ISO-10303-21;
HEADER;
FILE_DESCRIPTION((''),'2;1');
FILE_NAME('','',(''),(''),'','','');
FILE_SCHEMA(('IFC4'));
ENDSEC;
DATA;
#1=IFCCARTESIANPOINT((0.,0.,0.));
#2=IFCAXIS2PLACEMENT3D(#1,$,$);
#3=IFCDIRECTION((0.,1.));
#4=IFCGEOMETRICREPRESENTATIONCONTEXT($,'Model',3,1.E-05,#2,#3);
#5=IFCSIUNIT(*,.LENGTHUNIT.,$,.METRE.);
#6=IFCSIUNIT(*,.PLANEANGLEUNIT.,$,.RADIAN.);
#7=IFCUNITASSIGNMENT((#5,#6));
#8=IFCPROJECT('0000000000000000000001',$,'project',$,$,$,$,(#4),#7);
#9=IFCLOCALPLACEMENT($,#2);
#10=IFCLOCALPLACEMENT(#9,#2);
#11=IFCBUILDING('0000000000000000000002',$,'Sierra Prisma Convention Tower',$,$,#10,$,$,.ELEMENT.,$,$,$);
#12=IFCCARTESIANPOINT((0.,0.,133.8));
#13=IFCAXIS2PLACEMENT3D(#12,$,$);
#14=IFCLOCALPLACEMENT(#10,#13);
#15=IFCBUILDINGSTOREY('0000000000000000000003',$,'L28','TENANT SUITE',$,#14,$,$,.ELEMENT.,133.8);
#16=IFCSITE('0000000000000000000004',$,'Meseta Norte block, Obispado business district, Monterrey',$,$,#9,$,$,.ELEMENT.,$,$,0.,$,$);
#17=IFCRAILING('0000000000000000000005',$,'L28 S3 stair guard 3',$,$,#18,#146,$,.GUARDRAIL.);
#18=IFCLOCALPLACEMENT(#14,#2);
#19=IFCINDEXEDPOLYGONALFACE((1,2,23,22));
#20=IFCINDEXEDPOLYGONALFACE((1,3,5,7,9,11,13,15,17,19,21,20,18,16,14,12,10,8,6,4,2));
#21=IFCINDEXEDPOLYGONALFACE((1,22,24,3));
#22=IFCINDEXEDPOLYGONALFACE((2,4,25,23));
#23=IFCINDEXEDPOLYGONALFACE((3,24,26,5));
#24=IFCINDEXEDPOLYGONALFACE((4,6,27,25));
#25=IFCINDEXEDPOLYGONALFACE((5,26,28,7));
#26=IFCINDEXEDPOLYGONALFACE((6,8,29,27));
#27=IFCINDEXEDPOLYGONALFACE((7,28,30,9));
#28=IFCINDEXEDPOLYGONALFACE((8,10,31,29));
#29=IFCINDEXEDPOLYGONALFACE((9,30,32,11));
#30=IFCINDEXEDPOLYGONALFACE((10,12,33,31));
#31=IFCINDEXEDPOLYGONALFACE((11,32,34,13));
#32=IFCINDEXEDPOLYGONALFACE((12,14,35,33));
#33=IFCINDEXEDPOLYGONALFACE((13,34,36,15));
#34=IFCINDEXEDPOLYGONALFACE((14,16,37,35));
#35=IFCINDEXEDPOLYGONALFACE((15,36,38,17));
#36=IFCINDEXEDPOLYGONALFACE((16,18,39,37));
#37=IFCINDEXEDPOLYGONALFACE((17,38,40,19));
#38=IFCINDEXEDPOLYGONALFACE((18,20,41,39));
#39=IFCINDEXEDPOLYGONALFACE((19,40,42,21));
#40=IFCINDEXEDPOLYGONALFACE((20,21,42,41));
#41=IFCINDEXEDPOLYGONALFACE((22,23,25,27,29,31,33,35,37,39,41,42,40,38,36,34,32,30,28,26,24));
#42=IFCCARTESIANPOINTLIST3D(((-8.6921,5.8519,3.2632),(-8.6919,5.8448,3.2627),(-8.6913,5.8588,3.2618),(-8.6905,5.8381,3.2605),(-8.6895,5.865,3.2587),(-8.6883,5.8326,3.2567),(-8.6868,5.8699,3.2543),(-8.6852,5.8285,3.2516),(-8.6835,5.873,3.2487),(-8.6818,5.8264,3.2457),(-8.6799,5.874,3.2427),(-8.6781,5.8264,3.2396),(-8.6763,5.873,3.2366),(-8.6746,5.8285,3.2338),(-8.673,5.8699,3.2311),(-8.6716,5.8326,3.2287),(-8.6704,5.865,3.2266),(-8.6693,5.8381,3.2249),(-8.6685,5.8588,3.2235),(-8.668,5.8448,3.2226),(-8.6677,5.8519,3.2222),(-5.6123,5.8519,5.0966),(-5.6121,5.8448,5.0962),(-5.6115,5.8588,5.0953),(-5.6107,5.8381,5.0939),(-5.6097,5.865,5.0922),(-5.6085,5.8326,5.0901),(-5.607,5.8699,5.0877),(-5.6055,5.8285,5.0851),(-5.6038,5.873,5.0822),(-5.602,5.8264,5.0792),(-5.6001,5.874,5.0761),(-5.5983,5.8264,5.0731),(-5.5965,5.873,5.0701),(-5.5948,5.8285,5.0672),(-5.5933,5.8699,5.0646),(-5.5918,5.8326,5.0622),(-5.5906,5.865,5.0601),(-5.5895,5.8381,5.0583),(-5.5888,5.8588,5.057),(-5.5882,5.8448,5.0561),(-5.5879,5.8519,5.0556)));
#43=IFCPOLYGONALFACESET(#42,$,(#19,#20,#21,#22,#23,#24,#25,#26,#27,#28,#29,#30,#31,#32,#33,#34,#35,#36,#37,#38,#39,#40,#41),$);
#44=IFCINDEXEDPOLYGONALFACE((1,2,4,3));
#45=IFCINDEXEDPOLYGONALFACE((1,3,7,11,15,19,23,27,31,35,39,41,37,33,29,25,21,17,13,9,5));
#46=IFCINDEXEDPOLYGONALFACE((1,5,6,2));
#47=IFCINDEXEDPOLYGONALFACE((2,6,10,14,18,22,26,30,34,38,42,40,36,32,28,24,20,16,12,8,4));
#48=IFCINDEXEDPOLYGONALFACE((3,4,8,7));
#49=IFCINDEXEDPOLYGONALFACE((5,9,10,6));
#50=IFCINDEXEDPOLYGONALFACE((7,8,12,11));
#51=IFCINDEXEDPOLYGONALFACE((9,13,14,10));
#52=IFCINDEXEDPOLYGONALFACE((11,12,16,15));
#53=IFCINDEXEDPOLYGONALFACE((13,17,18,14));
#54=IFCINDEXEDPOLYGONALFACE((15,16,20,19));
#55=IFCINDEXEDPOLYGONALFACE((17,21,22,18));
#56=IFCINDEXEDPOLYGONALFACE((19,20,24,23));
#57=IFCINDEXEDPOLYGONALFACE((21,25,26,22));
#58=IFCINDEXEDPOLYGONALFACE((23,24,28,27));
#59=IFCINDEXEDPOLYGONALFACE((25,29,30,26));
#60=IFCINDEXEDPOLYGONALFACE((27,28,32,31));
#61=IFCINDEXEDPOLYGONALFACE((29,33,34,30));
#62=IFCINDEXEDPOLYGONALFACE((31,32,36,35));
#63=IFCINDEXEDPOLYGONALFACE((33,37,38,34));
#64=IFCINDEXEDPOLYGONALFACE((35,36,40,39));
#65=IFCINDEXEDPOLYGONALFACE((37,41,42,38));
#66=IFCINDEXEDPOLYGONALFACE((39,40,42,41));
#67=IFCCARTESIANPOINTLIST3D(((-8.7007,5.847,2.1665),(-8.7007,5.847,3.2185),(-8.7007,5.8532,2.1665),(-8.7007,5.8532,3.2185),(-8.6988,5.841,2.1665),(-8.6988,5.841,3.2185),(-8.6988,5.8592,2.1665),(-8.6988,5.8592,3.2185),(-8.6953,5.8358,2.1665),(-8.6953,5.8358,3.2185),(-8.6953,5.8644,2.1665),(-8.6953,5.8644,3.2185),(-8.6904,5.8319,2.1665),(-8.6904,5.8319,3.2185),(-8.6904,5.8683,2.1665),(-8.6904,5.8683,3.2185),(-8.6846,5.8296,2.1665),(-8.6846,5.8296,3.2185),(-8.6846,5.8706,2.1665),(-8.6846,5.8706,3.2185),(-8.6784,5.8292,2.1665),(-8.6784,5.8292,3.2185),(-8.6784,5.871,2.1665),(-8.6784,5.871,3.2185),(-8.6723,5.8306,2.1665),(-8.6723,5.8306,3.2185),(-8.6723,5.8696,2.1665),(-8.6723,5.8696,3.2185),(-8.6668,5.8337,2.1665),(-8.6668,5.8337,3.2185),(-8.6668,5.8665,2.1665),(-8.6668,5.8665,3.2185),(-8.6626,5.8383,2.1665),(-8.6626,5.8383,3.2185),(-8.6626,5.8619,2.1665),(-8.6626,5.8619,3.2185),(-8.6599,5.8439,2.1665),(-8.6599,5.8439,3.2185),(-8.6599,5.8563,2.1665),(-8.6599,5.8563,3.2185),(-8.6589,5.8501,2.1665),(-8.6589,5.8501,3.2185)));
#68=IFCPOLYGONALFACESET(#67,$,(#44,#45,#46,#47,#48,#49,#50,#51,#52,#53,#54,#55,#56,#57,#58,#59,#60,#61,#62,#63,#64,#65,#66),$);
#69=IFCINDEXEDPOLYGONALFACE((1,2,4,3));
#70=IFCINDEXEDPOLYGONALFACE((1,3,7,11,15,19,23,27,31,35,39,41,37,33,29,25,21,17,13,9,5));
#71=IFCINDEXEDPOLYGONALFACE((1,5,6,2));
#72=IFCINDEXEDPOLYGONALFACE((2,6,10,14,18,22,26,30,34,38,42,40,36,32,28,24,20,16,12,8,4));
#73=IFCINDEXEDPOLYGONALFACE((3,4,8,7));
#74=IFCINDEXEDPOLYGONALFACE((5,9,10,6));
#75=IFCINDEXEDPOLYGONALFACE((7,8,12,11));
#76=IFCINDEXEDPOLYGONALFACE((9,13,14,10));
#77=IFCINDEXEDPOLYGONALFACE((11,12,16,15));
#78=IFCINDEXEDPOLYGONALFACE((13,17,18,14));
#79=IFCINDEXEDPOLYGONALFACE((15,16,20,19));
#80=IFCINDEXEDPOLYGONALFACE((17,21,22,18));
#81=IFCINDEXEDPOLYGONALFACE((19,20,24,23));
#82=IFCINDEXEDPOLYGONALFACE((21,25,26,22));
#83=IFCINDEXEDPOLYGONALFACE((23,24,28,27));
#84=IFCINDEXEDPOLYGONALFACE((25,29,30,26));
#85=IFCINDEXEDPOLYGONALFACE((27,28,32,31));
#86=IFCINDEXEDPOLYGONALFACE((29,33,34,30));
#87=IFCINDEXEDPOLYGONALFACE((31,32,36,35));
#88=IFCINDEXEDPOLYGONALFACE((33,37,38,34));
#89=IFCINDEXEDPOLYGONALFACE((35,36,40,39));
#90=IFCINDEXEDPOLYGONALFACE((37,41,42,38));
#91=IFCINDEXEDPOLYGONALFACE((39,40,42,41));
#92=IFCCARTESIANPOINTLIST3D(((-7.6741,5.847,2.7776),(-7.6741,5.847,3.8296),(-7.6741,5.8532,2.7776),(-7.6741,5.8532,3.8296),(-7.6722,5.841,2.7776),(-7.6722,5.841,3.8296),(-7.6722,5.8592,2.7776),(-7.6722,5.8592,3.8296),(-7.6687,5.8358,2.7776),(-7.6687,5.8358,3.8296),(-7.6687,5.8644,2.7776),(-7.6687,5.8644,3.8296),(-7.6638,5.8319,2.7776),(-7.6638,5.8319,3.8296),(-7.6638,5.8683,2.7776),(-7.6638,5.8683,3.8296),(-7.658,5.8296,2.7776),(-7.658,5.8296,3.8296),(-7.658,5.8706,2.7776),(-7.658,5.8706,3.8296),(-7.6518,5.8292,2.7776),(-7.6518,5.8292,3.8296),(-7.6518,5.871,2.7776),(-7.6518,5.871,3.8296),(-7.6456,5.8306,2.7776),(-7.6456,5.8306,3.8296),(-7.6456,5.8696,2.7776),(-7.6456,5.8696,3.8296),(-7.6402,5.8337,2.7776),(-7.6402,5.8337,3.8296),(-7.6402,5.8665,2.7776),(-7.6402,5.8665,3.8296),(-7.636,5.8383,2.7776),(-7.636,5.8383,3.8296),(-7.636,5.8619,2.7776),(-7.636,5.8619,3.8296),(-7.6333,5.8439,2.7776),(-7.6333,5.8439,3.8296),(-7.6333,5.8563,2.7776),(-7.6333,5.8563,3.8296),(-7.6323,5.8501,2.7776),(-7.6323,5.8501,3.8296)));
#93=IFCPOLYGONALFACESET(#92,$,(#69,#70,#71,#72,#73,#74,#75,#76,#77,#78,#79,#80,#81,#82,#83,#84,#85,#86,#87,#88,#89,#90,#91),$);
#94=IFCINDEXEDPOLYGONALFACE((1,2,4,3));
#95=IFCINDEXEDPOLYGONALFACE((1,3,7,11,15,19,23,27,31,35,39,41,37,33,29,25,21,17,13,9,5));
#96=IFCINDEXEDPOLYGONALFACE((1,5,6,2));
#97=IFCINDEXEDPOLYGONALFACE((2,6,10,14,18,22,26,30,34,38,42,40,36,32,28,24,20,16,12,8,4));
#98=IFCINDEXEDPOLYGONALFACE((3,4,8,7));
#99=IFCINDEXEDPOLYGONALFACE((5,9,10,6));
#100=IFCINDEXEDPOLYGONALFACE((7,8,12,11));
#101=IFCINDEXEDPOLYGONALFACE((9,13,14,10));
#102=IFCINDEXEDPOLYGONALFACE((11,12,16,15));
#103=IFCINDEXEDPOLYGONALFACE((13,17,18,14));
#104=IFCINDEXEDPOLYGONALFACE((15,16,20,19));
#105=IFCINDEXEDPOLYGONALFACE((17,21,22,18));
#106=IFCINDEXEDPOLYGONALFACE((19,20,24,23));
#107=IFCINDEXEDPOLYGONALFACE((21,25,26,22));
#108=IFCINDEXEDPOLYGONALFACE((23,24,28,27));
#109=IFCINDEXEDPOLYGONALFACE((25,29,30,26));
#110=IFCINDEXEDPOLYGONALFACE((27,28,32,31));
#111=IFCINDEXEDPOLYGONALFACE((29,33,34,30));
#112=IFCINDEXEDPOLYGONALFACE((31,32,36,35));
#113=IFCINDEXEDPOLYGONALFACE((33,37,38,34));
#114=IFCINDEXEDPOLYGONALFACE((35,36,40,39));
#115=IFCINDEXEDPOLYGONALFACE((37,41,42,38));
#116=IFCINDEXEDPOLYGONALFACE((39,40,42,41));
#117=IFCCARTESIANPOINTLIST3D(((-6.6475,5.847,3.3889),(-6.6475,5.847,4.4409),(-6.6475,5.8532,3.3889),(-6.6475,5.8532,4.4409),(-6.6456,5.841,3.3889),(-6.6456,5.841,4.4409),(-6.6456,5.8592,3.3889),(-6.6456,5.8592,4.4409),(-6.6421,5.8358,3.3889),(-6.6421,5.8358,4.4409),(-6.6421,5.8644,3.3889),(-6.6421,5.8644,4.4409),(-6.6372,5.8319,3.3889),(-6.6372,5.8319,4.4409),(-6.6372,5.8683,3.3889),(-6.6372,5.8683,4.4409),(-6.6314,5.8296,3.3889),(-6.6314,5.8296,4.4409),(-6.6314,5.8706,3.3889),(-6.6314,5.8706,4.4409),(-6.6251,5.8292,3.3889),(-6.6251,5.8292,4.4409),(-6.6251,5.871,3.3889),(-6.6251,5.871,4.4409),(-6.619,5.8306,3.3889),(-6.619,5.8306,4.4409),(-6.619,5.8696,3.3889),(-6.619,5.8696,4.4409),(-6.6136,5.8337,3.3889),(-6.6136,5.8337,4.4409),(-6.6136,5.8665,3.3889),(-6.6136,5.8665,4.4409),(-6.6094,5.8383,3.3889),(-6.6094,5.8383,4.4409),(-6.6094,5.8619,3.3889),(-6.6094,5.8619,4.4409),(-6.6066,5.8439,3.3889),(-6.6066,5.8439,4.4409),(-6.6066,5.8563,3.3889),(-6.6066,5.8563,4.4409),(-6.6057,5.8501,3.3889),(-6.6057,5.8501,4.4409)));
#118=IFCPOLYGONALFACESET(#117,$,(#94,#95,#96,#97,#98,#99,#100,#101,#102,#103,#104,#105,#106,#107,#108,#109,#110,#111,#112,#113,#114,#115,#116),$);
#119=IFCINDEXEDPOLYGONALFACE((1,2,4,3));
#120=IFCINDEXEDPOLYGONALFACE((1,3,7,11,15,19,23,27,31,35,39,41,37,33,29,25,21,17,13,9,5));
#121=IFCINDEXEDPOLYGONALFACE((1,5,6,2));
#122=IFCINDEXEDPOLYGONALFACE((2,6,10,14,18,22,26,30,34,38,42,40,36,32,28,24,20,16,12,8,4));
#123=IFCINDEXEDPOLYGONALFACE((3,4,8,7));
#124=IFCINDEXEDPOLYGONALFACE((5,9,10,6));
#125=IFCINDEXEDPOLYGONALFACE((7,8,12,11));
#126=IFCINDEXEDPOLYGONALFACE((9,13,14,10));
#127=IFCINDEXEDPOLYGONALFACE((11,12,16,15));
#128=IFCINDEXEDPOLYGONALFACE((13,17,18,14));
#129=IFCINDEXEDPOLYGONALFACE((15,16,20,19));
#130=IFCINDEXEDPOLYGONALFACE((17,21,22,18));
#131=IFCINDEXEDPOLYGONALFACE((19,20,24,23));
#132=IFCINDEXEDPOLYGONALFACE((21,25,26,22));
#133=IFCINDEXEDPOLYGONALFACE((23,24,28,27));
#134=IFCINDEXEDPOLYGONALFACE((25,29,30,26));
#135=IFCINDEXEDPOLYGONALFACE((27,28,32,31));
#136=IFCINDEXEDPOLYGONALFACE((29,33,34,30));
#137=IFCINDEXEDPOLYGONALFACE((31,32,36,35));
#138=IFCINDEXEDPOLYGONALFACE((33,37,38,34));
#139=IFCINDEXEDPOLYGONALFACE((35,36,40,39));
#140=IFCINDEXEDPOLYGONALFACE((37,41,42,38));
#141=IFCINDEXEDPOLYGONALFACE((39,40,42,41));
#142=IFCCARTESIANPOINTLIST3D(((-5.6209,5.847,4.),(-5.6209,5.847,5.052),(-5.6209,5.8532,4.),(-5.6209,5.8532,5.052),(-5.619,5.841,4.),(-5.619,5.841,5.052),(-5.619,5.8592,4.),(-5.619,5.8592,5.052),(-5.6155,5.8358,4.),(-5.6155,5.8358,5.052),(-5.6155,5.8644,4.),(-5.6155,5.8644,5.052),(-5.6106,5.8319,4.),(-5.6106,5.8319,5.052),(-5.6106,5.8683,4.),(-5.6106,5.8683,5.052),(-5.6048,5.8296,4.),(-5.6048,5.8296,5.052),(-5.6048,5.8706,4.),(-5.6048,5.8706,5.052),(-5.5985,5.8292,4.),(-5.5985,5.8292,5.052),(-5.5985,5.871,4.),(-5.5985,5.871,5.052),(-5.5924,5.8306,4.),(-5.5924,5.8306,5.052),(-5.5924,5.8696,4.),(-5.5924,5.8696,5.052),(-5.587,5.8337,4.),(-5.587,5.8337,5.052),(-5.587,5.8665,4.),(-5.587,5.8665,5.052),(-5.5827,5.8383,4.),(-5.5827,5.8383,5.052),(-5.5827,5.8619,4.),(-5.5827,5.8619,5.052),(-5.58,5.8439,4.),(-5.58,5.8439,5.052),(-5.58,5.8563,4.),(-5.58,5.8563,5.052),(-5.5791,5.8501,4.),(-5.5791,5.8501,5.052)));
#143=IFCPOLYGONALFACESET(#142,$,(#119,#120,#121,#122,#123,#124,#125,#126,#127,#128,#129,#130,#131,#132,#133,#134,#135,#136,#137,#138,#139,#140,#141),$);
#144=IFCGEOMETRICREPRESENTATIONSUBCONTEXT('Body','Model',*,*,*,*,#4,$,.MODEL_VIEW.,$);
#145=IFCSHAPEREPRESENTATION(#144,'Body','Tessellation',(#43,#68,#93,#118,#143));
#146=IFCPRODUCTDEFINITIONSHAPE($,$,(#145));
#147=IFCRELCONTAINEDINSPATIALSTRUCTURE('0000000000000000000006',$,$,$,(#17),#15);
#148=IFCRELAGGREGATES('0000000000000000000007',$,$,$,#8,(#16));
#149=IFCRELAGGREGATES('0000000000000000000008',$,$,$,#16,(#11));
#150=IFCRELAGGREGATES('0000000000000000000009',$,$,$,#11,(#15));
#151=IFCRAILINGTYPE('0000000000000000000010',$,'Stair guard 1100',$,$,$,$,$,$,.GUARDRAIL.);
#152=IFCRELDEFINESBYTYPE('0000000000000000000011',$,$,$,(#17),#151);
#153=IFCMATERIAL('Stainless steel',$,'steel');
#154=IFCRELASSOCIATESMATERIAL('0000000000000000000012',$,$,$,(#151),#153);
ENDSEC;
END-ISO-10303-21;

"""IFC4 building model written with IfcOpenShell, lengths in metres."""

from ifc_helpers import new_model, si_unit, direction, frame, origin, origin_2d, place, context, subcontext, project, spatial, circle, extrude, material, type_object, element, save


model = new_model("IFC4")

# Units and contexts
model_context = context("Model", 3, precision=1e-05, world=origin(), true_north=direction((0.0, 1.0)))
body_context = subcontext(model_context, "Body", "Model", "MODEL_VIEW")
ifc_project = project(units=[si_unit("LENGTHUNIT", "METRE"), si_unit("PLANEANGLEUNIT", "RADIAN")], contexts=[model_context])

# Site, building, storey
site_placement = place(None, origin())
site = spatial("IfcSite", under=ifc_project, at=site_placement, Name="Meseta Norte block, Obispado business district, Monterrey", CompositionType="ELEMENT", RefElevation=0.0)
building_placement = place(site_placement, origin())
building = spatial("IfcBuilding", under=site, at=building_placement, Name="Sierra Prisma Convention Tower", CompositionType="ELEMENT")
storey_placement = place(building_placement, frame((0.0, 0.0, 133.8)))
storey = spatial("IfcBuildingStorey", under=building, at=storey_placement, Name="L28", Description="TENANT SUITE", CompositionType="ELEMENT", Elevation=133.8)

# Railing
ifc_material_1 = material(Name="Stainless steel", Category="steel")
railing_type_1 = type_object("IfcRailingType", Name="Stair guard 1100", PredefinedType="GUARDRAIL", material=ifc_material_1)
railing_1_placement = place(storey_placement, frame((-8.6799, 5.8501, 2.1665)))
element("IfcRailing", 1, at=railing_1_placement, inside=storey, type_object=railing_type_1, Name="L28 S3 stair guard 3", PredefinedType="GUARDRAIL", context=body_context, shape_type="SweptSolid", body=[
    extrude(circle(Radius=0.0239, at=origin_2d()), frame((0.0, 0.0, 1.0762), z_axis=(0.859261, 0.0, 0.511538), x_axis=(0.0, 1.0, 0.0)), (0.0, 0.0, 1.0), 3.5842),
    extrude(circle(Radius=0.021, at=origin_2d()), origin(), (0.0, 0.0, 1.0), 1.052),
    extrude(circle(Radius=0.021, at=origin_2d()), frame((1.0266, 0.0, 0.6111)), (0.0, 0.0, 1.0), 1.052),
    extrude(circle(Radius=0.021, at=origin_2d()), frame((2.0532, 0.0, 1.2224)), (0.0, 0.0, 1.0), 1.052),
    extrude(circle(Radius=0.021, at=origin_2d()), frame((3.0798, 0.0, 1.8335)), (0.0, 0.0, 1.0), 1.052),
])

save(model, "model.ifc")
